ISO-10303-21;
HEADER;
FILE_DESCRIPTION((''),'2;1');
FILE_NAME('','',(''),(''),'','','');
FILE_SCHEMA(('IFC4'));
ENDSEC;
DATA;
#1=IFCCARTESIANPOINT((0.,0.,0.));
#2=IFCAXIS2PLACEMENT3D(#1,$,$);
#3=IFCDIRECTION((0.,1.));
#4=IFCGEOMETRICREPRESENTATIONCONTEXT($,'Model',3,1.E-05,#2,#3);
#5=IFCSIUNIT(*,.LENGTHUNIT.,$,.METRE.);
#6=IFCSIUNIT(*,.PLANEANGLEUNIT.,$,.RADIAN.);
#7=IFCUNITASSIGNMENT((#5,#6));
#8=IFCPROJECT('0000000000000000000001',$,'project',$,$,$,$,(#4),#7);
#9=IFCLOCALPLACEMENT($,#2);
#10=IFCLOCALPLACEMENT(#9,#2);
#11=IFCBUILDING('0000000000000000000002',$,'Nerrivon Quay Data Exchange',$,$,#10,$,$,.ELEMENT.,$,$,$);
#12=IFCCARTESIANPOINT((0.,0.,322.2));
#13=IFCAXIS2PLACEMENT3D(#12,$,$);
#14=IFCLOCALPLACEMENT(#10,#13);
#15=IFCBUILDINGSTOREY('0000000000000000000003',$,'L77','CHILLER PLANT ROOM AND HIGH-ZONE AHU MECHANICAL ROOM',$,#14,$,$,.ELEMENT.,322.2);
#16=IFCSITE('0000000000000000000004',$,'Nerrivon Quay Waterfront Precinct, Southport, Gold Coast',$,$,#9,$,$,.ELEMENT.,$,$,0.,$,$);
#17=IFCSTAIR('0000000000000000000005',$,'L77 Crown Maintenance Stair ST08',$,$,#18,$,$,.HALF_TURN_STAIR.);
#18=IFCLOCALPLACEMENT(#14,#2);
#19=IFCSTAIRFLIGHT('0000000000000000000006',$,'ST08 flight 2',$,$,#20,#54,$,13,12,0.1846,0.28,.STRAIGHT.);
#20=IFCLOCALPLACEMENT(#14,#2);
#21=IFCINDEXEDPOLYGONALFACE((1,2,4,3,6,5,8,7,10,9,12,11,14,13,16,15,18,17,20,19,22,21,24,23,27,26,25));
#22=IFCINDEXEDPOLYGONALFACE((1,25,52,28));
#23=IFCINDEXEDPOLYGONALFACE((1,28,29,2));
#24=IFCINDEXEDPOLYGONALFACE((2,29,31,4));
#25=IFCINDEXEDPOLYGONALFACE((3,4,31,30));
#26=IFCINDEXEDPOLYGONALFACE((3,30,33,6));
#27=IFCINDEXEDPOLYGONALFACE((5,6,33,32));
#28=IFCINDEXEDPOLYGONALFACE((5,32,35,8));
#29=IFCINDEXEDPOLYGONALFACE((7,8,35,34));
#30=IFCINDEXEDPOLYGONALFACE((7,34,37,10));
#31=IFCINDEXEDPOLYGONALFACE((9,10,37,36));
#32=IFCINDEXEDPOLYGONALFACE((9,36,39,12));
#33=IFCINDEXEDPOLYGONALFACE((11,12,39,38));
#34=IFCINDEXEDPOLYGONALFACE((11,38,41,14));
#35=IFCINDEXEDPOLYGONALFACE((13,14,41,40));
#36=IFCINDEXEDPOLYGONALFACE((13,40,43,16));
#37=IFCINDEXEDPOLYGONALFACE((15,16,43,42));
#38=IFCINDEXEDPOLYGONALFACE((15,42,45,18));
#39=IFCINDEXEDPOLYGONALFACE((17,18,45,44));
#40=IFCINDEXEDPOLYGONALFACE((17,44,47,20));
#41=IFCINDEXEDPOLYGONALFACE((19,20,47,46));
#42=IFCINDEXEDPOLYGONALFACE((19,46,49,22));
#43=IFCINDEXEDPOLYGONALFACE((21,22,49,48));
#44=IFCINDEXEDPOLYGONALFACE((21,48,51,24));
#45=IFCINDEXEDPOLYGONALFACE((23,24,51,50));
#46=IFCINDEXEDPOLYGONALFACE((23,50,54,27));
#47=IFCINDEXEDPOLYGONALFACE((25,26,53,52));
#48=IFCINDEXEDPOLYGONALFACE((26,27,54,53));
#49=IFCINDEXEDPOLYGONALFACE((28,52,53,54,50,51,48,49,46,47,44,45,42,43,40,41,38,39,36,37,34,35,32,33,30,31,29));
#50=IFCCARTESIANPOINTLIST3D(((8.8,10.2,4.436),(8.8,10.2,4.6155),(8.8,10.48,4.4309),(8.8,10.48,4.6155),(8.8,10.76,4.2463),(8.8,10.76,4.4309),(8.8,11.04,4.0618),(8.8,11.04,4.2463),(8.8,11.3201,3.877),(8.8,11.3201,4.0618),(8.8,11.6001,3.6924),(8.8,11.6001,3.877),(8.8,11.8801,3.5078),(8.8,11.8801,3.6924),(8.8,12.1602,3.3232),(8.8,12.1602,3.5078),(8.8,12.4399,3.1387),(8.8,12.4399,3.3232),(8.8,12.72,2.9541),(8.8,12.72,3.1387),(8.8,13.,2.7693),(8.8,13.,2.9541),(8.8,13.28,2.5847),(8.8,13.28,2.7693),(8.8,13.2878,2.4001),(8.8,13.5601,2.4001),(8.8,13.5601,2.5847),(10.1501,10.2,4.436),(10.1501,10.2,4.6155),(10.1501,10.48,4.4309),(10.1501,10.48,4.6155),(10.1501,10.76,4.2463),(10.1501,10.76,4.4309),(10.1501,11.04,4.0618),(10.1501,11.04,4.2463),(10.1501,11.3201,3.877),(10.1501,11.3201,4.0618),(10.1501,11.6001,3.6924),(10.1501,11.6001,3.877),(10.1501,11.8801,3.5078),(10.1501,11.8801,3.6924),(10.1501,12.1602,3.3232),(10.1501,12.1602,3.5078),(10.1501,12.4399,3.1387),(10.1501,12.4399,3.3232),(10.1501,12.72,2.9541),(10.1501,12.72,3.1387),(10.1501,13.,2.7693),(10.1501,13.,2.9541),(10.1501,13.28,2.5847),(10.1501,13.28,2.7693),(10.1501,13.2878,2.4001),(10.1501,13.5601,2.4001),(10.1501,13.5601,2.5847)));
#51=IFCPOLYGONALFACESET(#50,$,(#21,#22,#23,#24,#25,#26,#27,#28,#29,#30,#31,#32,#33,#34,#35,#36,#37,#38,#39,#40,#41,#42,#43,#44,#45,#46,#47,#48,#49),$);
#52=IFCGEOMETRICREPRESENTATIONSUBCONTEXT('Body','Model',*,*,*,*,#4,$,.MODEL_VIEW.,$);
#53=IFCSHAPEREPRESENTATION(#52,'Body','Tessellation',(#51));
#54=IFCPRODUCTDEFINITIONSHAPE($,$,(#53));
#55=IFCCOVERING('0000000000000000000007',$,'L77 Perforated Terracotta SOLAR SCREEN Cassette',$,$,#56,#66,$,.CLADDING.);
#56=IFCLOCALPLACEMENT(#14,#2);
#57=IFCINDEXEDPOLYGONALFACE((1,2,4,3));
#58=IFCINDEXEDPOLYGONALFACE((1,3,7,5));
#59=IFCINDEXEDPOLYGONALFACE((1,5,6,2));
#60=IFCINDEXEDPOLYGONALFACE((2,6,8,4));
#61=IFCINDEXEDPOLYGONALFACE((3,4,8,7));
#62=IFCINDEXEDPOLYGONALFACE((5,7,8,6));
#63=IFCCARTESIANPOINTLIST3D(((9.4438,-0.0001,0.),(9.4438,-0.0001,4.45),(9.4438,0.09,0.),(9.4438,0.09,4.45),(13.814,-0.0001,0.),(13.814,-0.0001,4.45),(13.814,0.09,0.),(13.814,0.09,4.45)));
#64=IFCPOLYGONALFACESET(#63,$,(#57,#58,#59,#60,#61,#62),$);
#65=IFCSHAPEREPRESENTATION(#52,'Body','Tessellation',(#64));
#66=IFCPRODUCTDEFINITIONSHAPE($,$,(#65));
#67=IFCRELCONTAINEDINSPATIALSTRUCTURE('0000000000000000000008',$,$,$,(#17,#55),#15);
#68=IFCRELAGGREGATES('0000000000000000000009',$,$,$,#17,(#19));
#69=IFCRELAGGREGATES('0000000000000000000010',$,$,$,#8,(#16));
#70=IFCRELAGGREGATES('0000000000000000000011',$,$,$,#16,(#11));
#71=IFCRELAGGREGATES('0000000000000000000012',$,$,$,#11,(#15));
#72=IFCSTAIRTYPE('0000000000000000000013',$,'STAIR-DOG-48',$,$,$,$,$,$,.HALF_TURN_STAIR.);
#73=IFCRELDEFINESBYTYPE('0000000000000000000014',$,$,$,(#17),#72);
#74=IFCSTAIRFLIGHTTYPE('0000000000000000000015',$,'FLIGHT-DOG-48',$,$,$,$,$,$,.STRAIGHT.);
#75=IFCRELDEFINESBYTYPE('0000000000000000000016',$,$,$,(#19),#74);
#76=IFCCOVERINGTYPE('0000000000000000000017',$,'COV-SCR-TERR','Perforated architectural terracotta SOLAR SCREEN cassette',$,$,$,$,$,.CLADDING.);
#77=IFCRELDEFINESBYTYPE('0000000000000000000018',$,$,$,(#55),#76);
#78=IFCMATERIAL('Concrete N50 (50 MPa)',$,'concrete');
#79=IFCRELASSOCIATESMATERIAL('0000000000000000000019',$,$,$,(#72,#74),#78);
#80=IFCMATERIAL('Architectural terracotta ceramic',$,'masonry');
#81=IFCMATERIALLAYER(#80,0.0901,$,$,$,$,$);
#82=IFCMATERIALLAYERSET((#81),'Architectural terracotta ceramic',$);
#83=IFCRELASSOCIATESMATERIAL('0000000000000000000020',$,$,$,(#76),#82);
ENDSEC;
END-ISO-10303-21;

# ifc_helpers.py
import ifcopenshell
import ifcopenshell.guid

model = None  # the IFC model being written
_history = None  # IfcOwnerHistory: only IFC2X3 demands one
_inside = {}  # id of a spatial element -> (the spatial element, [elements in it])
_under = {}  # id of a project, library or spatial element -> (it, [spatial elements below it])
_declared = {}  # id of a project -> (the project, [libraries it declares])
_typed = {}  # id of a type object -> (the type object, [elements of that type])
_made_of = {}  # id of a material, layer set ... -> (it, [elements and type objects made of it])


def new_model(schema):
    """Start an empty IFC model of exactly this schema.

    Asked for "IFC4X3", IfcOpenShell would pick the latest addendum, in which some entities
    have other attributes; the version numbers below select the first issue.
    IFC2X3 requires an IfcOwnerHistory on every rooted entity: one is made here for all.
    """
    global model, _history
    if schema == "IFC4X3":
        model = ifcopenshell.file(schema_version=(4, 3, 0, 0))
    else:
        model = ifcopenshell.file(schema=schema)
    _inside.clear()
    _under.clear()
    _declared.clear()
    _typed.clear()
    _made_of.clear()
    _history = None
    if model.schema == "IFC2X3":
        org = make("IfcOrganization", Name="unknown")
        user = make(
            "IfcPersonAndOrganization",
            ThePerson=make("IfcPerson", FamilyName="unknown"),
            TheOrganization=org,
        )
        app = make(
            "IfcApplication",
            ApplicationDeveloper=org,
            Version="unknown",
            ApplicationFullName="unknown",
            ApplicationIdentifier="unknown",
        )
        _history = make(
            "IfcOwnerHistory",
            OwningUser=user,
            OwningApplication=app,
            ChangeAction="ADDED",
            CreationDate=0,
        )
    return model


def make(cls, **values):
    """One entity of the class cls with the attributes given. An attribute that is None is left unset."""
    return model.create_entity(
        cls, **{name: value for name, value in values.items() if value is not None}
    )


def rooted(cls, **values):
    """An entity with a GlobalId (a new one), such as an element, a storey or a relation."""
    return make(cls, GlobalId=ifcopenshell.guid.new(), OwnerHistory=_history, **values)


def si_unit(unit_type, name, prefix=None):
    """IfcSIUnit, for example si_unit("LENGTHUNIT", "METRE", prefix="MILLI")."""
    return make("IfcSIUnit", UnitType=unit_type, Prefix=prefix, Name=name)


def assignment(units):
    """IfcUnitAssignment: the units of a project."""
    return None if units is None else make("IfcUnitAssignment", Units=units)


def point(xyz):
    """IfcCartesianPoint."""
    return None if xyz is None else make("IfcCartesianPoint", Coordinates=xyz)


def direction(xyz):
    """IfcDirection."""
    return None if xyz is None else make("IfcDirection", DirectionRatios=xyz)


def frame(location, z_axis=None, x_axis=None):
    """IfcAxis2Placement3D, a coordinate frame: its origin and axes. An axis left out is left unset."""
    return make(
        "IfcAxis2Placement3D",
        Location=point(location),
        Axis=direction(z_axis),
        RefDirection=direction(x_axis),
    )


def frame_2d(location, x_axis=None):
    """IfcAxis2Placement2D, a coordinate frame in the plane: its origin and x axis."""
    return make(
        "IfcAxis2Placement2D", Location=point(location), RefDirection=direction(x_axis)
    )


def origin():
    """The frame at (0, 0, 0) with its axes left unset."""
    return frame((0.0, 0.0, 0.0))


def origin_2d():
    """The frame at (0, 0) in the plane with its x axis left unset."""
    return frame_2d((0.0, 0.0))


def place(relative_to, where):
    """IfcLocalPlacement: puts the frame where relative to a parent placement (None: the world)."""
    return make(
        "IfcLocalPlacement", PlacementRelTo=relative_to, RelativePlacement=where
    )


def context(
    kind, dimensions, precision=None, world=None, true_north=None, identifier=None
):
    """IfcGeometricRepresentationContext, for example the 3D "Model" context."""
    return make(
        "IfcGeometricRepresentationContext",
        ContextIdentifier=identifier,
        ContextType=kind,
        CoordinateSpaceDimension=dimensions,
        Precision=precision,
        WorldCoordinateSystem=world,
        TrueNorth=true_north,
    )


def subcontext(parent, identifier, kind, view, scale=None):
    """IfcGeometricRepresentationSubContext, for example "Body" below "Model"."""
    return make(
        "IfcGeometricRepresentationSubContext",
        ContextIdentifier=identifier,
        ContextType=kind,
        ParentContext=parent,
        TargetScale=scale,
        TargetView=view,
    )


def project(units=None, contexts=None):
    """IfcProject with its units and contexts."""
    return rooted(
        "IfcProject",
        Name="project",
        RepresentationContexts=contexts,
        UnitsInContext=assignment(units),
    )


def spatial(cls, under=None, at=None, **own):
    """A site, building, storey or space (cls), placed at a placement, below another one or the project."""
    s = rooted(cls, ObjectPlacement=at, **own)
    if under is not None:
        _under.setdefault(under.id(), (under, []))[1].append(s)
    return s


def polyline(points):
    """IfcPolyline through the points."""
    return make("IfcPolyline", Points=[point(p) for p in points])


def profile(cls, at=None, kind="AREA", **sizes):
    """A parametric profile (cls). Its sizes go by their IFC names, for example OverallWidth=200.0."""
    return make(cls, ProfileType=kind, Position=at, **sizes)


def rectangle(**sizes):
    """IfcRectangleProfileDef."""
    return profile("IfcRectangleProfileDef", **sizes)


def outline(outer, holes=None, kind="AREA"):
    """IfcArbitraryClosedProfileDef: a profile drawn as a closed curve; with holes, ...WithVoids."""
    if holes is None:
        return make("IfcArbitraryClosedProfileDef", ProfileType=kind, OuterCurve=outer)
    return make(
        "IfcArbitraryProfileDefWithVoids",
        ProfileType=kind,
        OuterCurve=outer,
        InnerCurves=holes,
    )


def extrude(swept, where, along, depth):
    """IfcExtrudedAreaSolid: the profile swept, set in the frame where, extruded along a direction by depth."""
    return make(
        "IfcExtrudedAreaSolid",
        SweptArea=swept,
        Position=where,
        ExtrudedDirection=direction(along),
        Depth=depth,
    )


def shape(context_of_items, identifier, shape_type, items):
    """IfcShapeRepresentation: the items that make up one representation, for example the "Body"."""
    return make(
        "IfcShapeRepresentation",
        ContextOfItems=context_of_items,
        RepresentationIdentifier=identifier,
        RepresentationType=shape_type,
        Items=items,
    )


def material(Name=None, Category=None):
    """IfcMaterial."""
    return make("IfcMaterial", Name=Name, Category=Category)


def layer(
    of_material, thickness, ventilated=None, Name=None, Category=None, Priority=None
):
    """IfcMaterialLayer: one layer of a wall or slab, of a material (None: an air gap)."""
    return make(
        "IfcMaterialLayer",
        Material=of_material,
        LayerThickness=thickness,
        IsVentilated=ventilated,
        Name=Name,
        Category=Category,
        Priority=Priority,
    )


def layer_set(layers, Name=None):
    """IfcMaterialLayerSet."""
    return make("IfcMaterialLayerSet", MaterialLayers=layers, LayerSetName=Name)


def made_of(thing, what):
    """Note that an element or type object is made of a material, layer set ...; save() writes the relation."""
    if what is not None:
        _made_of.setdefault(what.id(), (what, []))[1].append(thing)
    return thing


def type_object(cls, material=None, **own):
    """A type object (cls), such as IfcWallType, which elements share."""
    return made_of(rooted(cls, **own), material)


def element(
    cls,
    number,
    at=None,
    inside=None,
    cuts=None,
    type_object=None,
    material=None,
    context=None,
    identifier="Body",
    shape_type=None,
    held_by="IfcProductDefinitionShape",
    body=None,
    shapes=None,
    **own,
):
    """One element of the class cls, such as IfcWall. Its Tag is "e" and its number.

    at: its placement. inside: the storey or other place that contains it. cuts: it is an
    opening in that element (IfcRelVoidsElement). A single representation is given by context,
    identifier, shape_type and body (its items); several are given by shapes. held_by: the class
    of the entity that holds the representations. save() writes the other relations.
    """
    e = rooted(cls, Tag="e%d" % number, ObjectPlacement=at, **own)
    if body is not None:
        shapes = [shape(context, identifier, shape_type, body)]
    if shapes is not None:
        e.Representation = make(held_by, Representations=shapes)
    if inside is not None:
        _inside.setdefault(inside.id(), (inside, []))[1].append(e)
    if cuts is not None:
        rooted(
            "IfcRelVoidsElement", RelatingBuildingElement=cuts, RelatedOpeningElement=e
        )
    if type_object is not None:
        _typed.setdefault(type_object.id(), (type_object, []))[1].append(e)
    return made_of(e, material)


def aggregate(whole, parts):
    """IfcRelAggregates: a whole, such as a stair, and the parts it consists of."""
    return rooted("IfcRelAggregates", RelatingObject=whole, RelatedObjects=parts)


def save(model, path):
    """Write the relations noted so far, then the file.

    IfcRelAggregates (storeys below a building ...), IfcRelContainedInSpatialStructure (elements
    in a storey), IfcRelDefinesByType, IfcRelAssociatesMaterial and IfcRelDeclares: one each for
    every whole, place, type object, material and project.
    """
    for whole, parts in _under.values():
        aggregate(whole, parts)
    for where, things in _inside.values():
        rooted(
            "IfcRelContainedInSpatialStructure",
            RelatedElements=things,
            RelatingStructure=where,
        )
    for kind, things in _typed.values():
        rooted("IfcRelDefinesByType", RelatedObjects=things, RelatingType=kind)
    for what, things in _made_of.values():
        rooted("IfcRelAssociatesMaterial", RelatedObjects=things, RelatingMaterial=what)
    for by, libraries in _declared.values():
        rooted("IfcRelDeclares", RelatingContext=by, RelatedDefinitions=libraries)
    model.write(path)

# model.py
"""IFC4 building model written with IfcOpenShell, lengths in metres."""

from ifc_helpers import new_model, si_unit, direction, frame, origin, origin_2d, place, context, subcontext, project, spatial, polyline, rectangle, outline, extrude, material, layer, layer_set, type_object, element, aggregate, save


model = new_model("IFC4")

# Units and contexts
model_context = context("Model", 3, precision=1e-05, world=origin(), true_north=direction((0.0, 1.0)))
body_context = subcontext(model_context, "Body", "Model", "MODEL_VIEW")
ifc_project = project(units=[si_unit("LENGTHUNIT", "METRE"), si_unit("PLANEANGLEUNIT", "RADIAN")], contexts=[model_context])

# Site, building, storey
site_placement = place(None, origin())
site = spatial("IfcSite", under=ifc_project, at=site_placement, Name="Nerrivon Quay Waterfront Precinct, Southport, Gold Coast", CompositionType="ELEMENT", RefElevation=0.0)
building_placement = place(site_placement, origin())
building = spatial("IfcBuilding", under=site, at=building_placement, Name="Nerrivon Quay Data Exchange", CompositionType="ELEMENT")
storey_placement = place(building_placement, frame((0.0, 0.0, 322.2)))
storey = spatial("IfcBuildingStorey", under=building, at=storey_placement, Name="L77", Description="CHILLER PLANT ROOM AND HIGH-ZONE AHU MECHANICAL ROOM", CompositionType="ELEMENT", Elevation=322.2)

# Shared definitions
ifc_material_1 = material(Name="Concrete N50 (50 MPa)", Category="concrete")

# Stair, stair flight
stair_type = type_object("IfcStairType", Name="STAIR-DOG-48", PredefinedType="HALF_TURN_STAIR", material=ifc_material_1)
stair_placement = place(storey_placement, origin())
stair = element("IfcStair", 1, at=stair_placement, inside=storey, type_object=stair_type, Name="L77 Crown Maintenance Stair ST08", PredefinedType="HALF_TURN_STAIR")
stair_flight_type = type_object("IfcStairFlightType", Name="FLIGHT-DOG-48", PredefinedType="STRAIGHT", material=ifc_material_1)
stair_flight_1_placement = place(storey_placement, frame((9.4751, 13.5601, 2.4001), z_axis=(0.0, 0.0, 1.0), x_axis=(0.0, -1.0, 0.0)))
stair_flight_1 = element("IfcStairFlight", 2, at=stair_flight_1_placement, type_object=stair_flight_type, Name="ST08 flight 2", NumberOfRisers=13, NumberOfTreads=12, PredefinedType="STRAIGHT", RiserHeight=0.1846, TreadLength=0.28, context=body_context, shape_type="SweptSolid", body=[
    extrude(outline(polyline([(0.0, 0.0), (0.0, 0.1846), (0.28, 0.1846), (0.28, 0.3691), (0.5601, 0.3691), (0.5601, 0.554), (0.8401, 0.554), (0.8401, 0.7385), (1.1201, 0.7385), (1.1201, 0.9231), (1.3999, 0.9231), (1.3999, 1.1077), (1.6799, 1.1077), (1.6799, 1.2922), (1.96, 1.2922), (1.96, 1.4768), (2.24, 1.4768), (2.24, 1.6616), (2.52, 1.6616), (2.52, 1.8462), (2.8, 1.8462), (2.8, 2.0308), (3.0801, 2.0308), (3.0801, 2.2153), (3.3601, 2.2153), (3.3601, 2.3999), (3.3601, 2.0359), (0.2722, 0.0), (0.0, 0.0)])), frame((0.0, 0.675, 0.0), z_axis=(0.0, -1.0, 0.0), x_axis=(1.0, 0.0, 0.0)), (0.0, 0.0, 1.0), 1.3501),
])
aggregate(stair, [stair_flight_1])

# Covering
ifc_material_2 = material(Name="Architectural terracotta ceramic", Category="masonry")
ifc_layer_1 = layer(ifc_material_2, 0.0901)
ifc_layer_set_1 = layer_set([ifc_layer_1], Name="Architectural terracotta ceramic")
covering_type = type_object("IfcCoveringType", Name="COV-SCR-TERR", Description="Perforated architectural terracotta SOLAR SCREEN cassette", PredefinedType="CLADDING", material=ifc_layer_set_1)
covering_placement = place(storey_placement, frame((11.6289, 0.0449, 0.0), z_axis=(0.0, 0.0, 1.0), x_axis=(-1.0, 0.0, 0.0)))
element("IfcCovering", 3, at=covering_placement, inside=storey, type_object=covering_type, Name="L77 Perforated Terracotta SOLAR SCREEN Cassette", PredefinedType="CLADDING", context=body_context, shape_type="SweptSolid", body=[
    extrude(rectangle(XDim=4.3701, YDim=0.0901, at=origin_2d()), origin(), (0.0, 0.0, 1.0), 4.45),
])

save(model, "model.ifc")
